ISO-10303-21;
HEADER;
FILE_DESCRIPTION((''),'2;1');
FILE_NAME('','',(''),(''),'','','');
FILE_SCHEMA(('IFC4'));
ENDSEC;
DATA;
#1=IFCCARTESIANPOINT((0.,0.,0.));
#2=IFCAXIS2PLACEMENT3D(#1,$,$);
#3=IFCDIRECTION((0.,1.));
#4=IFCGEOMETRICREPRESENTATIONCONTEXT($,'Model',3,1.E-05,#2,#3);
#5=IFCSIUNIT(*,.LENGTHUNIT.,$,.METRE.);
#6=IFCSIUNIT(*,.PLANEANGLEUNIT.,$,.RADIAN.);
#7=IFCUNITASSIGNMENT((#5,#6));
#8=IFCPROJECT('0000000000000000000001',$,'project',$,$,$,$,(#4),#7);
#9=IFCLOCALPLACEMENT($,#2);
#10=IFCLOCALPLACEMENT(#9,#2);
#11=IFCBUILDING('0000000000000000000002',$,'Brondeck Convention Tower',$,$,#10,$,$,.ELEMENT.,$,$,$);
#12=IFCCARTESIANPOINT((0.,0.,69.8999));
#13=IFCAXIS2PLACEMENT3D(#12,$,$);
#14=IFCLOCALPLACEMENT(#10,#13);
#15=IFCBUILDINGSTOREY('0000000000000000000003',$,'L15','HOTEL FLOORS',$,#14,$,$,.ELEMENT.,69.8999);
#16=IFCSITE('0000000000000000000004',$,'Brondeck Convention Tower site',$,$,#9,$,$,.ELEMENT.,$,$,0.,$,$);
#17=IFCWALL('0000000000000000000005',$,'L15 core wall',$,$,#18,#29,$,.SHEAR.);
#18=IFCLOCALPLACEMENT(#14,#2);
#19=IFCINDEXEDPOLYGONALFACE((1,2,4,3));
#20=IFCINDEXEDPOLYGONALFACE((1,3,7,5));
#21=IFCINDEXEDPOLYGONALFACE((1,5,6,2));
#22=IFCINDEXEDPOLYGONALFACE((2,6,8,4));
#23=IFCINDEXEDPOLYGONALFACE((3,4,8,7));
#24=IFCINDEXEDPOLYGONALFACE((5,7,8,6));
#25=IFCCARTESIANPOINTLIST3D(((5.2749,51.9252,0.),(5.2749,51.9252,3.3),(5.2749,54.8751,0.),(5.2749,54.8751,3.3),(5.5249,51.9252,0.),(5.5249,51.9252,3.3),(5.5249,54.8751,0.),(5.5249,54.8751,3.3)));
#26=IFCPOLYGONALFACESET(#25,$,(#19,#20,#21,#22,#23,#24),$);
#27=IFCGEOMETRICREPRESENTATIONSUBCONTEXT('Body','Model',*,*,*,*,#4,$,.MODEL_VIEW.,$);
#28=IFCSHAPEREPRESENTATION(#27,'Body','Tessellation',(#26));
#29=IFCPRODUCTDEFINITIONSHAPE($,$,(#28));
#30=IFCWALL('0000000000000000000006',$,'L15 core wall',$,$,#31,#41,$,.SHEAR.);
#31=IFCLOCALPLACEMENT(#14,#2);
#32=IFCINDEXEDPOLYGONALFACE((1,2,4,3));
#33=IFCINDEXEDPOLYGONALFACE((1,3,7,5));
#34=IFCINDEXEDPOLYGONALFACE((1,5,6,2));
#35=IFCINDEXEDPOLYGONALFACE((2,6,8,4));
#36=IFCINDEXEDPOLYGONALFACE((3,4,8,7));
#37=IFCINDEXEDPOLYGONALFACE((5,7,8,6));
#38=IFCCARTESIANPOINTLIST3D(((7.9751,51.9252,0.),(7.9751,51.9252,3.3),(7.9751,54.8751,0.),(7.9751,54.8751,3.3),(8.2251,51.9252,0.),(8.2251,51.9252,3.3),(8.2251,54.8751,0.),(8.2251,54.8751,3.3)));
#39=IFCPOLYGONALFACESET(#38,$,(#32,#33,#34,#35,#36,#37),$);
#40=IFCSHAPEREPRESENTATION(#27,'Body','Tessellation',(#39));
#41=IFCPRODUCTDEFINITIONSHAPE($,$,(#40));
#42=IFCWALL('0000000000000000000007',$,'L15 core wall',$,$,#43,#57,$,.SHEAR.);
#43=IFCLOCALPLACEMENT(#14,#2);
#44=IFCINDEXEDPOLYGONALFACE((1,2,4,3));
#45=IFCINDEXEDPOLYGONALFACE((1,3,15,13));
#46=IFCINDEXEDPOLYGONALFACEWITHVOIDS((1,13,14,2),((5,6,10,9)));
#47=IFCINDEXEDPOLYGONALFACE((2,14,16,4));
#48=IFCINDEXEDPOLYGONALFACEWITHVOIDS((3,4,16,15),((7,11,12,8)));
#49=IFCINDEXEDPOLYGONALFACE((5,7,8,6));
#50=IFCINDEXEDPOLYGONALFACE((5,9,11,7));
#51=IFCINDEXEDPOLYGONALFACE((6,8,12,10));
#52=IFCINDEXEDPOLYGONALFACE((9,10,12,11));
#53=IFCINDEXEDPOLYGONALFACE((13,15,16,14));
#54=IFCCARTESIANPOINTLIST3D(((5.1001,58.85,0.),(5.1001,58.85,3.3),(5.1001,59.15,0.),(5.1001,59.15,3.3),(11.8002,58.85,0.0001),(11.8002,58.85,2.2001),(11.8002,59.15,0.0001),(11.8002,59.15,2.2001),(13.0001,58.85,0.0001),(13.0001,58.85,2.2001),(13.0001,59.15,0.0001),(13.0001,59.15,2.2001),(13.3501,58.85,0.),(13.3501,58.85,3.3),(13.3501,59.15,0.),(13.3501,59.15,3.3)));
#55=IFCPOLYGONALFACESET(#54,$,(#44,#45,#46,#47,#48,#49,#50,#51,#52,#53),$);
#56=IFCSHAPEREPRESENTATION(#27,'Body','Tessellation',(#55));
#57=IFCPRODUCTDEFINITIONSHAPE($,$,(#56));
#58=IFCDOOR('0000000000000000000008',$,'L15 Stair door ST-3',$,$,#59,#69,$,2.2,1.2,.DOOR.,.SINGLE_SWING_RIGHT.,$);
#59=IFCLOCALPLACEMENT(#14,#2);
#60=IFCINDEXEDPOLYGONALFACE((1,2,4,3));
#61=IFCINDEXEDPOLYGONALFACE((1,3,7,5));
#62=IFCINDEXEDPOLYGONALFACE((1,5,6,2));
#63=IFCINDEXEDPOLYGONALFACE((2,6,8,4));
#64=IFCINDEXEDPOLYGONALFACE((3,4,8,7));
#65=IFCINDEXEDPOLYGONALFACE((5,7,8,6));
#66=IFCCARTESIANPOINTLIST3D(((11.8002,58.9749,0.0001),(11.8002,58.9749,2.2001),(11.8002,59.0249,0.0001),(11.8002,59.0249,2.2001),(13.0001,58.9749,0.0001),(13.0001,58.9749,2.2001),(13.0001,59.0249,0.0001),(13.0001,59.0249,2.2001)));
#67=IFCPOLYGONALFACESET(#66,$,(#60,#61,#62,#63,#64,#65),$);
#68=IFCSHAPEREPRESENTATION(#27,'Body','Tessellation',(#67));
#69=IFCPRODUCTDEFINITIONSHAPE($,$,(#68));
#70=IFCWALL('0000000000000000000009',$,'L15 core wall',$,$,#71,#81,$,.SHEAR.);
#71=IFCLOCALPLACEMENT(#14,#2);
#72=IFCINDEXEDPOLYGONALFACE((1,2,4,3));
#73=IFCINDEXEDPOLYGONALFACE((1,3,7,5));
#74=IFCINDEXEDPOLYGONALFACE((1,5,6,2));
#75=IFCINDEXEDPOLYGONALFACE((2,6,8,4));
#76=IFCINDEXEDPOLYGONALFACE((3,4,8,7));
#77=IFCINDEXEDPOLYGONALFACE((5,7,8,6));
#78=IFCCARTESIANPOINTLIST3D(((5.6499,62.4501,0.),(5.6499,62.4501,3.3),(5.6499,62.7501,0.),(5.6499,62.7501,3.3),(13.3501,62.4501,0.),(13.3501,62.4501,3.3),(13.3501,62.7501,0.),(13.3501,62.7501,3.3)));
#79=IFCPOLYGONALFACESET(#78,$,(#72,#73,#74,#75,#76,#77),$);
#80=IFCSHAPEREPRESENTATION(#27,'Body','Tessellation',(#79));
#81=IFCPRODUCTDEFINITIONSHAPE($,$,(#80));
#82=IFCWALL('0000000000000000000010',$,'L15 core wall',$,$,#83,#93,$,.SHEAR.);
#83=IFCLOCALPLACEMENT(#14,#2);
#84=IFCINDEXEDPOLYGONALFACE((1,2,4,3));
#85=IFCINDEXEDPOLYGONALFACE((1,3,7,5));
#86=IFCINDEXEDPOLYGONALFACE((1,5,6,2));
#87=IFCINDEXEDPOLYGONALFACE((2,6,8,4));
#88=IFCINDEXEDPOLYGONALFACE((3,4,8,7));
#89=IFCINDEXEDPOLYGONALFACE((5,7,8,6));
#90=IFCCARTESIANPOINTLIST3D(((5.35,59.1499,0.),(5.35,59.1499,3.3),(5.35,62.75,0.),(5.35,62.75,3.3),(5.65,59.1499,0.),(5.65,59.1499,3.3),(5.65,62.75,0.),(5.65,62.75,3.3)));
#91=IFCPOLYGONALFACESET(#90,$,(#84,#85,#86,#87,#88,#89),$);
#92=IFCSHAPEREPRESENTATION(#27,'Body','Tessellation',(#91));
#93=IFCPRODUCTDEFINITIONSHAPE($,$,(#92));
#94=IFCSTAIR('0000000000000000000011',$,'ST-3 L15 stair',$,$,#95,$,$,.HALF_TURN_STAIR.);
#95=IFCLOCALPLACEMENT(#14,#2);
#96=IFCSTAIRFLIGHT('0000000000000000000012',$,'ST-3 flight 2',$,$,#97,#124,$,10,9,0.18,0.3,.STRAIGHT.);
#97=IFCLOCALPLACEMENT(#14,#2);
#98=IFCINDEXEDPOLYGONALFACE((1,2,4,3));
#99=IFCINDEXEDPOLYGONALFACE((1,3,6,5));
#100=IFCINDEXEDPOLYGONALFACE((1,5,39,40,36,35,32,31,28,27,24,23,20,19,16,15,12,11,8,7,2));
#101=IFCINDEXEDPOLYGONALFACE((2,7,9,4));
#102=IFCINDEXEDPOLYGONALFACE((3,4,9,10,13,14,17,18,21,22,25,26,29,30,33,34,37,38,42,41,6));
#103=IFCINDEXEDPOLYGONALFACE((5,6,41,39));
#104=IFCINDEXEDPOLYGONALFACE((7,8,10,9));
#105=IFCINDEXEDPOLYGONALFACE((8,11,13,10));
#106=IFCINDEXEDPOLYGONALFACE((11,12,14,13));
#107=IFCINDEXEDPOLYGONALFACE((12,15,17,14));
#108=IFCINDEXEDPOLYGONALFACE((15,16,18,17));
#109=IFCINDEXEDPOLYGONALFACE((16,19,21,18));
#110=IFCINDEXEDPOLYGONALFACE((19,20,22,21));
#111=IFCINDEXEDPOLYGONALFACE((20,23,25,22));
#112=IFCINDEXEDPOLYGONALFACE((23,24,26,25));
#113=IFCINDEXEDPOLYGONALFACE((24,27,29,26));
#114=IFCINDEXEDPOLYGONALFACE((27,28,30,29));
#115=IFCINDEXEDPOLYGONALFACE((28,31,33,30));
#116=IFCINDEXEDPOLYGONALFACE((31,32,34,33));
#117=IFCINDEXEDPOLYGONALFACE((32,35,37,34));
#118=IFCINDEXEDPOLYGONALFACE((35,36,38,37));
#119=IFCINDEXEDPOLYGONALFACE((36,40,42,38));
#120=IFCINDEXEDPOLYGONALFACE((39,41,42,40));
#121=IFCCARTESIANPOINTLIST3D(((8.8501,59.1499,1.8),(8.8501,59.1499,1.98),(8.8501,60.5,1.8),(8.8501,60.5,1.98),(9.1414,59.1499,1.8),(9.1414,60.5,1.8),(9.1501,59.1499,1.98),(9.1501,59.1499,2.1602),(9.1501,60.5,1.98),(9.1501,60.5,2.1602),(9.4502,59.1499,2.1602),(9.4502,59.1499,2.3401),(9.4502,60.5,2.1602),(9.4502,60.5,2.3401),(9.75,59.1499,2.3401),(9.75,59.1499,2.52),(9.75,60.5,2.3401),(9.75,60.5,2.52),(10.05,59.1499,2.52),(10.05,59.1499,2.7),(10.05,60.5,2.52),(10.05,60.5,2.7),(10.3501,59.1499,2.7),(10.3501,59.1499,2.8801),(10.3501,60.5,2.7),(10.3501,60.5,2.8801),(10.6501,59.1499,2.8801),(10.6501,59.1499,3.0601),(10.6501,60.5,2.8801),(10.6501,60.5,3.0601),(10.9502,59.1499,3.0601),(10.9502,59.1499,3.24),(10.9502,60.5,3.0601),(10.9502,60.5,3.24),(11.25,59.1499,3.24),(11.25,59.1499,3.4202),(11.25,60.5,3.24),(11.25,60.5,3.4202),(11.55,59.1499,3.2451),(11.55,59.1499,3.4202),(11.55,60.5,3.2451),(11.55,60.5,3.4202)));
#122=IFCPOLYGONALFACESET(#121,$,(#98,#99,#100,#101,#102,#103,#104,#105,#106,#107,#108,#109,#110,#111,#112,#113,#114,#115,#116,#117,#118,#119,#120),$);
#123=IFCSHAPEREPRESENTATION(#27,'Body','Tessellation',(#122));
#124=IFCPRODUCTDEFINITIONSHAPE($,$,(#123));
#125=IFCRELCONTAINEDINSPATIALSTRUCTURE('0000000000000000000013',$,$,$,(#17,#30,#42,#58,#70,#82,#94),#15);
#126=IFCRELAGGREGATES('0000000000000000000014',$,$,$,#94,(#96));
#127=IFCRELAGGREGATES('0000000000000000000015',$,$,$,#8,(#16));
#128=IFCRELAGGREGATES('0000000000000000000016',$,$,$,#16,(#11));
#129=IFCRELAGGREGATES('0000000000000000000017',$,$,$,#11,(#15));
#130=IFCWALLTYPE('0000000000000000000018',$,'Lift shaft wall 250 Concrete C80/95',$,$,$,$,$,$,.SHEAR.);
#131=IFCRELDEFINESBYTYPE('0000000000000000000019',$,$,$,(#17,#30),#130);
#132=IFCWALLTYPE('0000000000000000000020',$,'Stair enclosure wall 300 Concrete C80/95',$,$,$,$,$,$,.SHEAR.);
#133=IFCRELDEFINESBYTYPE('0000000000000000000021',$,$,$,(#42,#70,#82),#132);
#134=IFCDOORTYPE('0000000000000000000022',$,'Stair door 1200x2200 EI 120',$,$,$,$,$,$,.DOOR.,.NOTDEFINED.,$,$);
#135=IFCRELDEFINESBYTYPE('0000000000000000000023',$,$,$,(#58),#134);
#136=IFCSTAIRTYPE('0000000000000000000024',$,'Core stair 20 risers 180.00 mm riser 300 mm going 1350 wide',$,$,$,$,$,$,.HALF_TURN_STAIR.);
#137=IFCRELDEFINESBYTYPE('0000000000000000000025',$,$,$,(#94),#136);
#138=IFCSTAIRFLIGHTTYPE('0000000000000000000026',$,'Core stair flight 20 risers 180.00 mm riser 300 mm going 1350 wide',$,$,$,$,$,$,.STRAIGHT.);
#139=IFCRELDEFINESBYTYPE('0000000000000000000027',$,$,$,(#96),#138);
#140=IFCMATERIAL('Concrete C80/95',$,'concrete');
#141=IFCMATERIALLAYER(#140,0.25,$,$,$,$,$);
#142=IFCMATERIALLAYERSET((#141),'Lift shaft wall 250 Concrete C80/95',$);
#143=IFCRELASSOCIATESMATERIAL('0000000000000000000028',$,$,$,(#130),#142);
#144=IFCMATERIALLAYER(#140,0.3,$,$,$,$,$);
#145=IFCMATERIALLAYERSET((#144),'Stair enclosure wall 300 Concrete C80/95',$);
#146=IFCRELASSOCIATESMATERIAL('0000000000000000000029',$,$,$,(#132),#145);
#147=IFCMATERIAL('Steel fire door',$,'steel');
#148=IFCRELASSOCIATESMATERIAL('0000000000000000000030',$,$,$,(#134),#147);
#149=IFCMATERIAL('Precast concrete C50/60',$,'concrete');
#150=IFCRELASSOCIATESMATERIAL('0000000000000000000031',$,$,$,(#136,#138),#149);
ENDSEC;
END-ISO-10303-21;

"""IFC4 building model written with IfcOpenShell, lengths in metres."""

from ifc_helpers import new_model, si_unit, direction, frame, frame_2d, origin, place, context, subcontext, project, spatial, polyline, rectangle, outline, extrude, material, layer, layer_set, type_object, element, fill, aggregate, save


model = new_model("IFC4")

# Units and contexts
model_context = context("Model", 3, precision=1e-05, world=origin(), true_north=direction((0.0, 1.0)))
body_context = subcontext(model_context, "Body", "Model", "MODEL_VIEW")
ifc_project = project(units=[si_unit("LENGTHUNIT", "METRE"), si_unit("PLANEANGLEUNIT", "RADIAN")], contexts=[model_context])

# Site, building, storey
site_placement = place(None, origin())
site = spatial("IfcSite", under=ifc_project, at=site_placement, Name="Brondeck Convention Tower site", CompositionType="ELEMENT", RefElevation=0.0)
building_placement = place(site_placement, origin())
building = spatial("IfcBuilding", under=site, at=building_placement, Name="Brondeck Convention Tower", CompositionType="ELEMENT")
storey_placement = place(building_placement, frame((0.0, 0.0, 69.8999)))
storey = spatial("IfcBuildingStorey", under=building, at=storey_placement, Name="L15", Description="HOTEL FLOORS", CompositionType="ELEMENT", Elevation=69.8999)

# Shared definitions
ifc_material_1 = material(Name="Concrete C80/95", Category="concrete")

# Shared definitions
ifc_material_2 = material(Name="Steel fire door", Category="steel")

# Shared definitions
ifc_layer_1 = layer(ifc_material_1, 0.25)
ifc_layer_set_1 = layer_set([ifc_layer_1], Name="Lift shaft wall 250 Concrete C80/95")
wall_type_1 = type_object("IfcWallType", Name="Lift shaft wall 250 Concrete C80/95", PredefinedType="SHEAR", material=ifc_layer_set_1)

# Walls
for number, where, z_axis, x_axis, name in (
    (1, (5.3999, 51.925, 0.0), (0.0, 0.0, 1.0), (0.0, 1.0, 0.0), "L15 core wall"),
    (2, (8.1001, 51.925, 0.0), (0.0, 0.0, 1.0), (0.0, 1.0, 0.0), "L15 core wall"),
):
    element("IfcWall", number, at=place(storey_placement, frame(where, z_axis=z_axis, x_axis=x_axis)), inside=storey, type_object=wall_type_1, Name=name, PredefinedType="SHEAR", context=body_context, shape_type="SweptSolid", body=[
        extrude(rectangle(XDim=2.95, YDim=0.25, at=frame_2d((1.4751, 0.0))), origin(), (0.0, 0.0, 1.0), 3.3),
    ])

# Wall, opening, door
ifc_layer_2 = layer(ifc_material_1, 0.3)
ifc_layer_set_2 = layer_set([ifc_layer_2], Name="Stair enclosure wall 300 Concrete C80/95")
wall_type_2 = type_object("IfcWallType", Name="Stair enclosure wall 300 Concrete C80/95", PredefinedType="SHEAR", material=ifc_layer_set_2)
wall_1_placement = place(storey_placement, frame((5.1001, 59.0, 0.0), z_axis=(0.0, 0.0, 1.0), x_axis=(1.0, 0.0, 0.0)))
wall_1 = element("IfcWall", 3, at=wall_1_placement, inside=storey, type_object=wall_type_2, Name="L15 core wall", PredefinedType="SHEAR", context=body_context, shape_type="SweptSolid", body=[
    extrude(rectangle(XDim=8.25, YDim=0.3, at=frame_2d((4.125, 0.0))), origin(), (0.0, 0.0, 1.0), 3.3),
])
opening_1_placement = place(wall_1_placement, frame((6.7, 0.0, 0.0)))
opening_1 = element("IfcOpeningElement", 4, at=opening_1_placement, cuts=wall_1, PredefinedType="OPENING", context=body_context, shape_type="SweptSolid", body=[
    extrude(rectangle(XDim=1.2, YDim=2.2, at=frame_2d((0.6001, 1.1001))), frame((0.0, 0.1599, 0.0), z_axis=(0.0, -1.0, 0.0), x_axis=(1.0, 0.0, 0.0)), (0.0, 0.0, 1.0), 0.3201),
])
door_type_1 = type_object("IfcDoorType", Name="Stair door 1200x2200 EI 120", OperationType="NOTDEFINED", PredefinedType="DOOR", material=ifc_material_2)
door_1_placement = place(opening_1_placement, origin())
door_1 = element("IfcDoor", 5, at=door_1_placement, inside=storey, type_object=door_type_1, Name="L15 Stair door ST-3", OperationType="SINGLE_SWING_RIGHT", OverallHeight=2.2, OverallWidth=1.2, PredefinedType="DOOR", context=body_context, shape_type="SweptSolid", body=[
    extrude(rectangle(XDim=1.2, YDim=2.2, at=frame_2d((0.6001, 1.1001))), frame((0.0, 0.0249, 0.0), z_axis=(0.0, -1.0, 0.0), x_axis=(1.0, 0.0, 0.0)), (0.0, 0.0, 1.0), 0.05),
])
fill(opening_1, door_1)

# Walls
wall_2_placement = place(storey_placement, frame((5.6499, 62.6001, 0.0), z_axis=(0.0, 0.0, 1.0), x_axis=(1.0, 0.0, 0.0)))
element("IfcWall", 6, at=wall_2_placement, inside=storey, type_object=wall_type_2, Name="L15 core wall", PredefinedType="SHEAR", context=body_context, shape_type="SweptSolid", body=[
    extrude(rectangle(XDim=7.7002, YDim=0.3, at=frame_2d((3.8501, 0.0))), origin(), (0.0, 0.0, 1.0), 3.3),
])
wall_3_placement = place(storey_placement, frame((5.5, 59.1499, 0.0), z_axis=(0.0, 0.0, 1.0), x_axis=(0.0, 1.0, 0.0)))
element("IfcWall", 7, at=wall_3_placement, inside=storey, type_object=wall_type_2, Name="L15 core wall", PredefinedType="SHEAR", context=body_context, shape_type="SweptSolid", body=[
    extrude(rectangle(XDim=3.6001, YDim=0.3, at=frame_2d((1.8, 0.0))), origin(), (0.0, 0.0, 1.0), 3.3),
])

# Stair, stair flight
ifc_material_3 = material(Name="Precast concrete C50/60", Category="concrete")
stair_type = type_object("IfcStairType", Name="Core stair 20 risers 180.00 mm riser 300 mm going 1350 wide", PredefinedType="HALF_TURN_STAIR", material=ifc_material_3)
stair_placement = place(storey_placement, origin())
stair = element("IfcStair", 8, at=stair_placement, inside=storey, type_object=stair_type, Name="ST-3 L15 stair", PredefinedType="HALF_TURN_STAIR")
stair_flight_type = type_object("IfcStairFlightType", Name="Core stair flight 20 risers 180.00 mm riser 300 mm going 1350 wide", PredefinedType="STRAIGHT", material=ifc_material_3)
stair_flight_placement = place(storey_placement, frame((8.8501, 59.825, 1.8), z_axis=(0.0, 0.0, 1.0), x_axis=(1.0, 0.0, 0.0)))
stair_flight = element("IfcStairFlight", 9, at=stair_flight_placement, type_object=stair_flight_type, Name="ST-3 flight 2", NumberOfRisers=10, NumberOfTreads=9, PredefinedType="STRAIGHT", RiserHeight=0.18, TreadLength=0.3, context=body_context, shape_type="SweptSolid", body=[
    extrude(outline(polyline([(0.0, 0.0), (0.0, 0.1799), (0.3, 0.1799), (0.3, 0.3601), (0.6001, 0.3601), (0.6001, 0.54), (0.8999, 0.54), (0.8999, 0.72), (1.2, 0.72), (1.2, 0.8999), (1.5, 0.8999), (1.5, 1.0801), (1.8, 1.0801), (1.8, 1.26), (2.1001, 1.26), (2.1001, 1.4399), (2.3999, 1.4399), (2.3999, 1.6201), (2.7, 1.6201), (2.7, 1.8), (2.7, 1.4451), (0.2913, 0.0), (0.0, 0.0)])), frame((0.0, 0.675, 0.0), z_axis=(0.0, -1.0, 0.0), x_axis=(1.0, 0.0, 0.0)), (0.0, 0.0, 1.0), 1.3501),
])
aggregate(stair, [stair_flight])

save(model, "model.ifc")
